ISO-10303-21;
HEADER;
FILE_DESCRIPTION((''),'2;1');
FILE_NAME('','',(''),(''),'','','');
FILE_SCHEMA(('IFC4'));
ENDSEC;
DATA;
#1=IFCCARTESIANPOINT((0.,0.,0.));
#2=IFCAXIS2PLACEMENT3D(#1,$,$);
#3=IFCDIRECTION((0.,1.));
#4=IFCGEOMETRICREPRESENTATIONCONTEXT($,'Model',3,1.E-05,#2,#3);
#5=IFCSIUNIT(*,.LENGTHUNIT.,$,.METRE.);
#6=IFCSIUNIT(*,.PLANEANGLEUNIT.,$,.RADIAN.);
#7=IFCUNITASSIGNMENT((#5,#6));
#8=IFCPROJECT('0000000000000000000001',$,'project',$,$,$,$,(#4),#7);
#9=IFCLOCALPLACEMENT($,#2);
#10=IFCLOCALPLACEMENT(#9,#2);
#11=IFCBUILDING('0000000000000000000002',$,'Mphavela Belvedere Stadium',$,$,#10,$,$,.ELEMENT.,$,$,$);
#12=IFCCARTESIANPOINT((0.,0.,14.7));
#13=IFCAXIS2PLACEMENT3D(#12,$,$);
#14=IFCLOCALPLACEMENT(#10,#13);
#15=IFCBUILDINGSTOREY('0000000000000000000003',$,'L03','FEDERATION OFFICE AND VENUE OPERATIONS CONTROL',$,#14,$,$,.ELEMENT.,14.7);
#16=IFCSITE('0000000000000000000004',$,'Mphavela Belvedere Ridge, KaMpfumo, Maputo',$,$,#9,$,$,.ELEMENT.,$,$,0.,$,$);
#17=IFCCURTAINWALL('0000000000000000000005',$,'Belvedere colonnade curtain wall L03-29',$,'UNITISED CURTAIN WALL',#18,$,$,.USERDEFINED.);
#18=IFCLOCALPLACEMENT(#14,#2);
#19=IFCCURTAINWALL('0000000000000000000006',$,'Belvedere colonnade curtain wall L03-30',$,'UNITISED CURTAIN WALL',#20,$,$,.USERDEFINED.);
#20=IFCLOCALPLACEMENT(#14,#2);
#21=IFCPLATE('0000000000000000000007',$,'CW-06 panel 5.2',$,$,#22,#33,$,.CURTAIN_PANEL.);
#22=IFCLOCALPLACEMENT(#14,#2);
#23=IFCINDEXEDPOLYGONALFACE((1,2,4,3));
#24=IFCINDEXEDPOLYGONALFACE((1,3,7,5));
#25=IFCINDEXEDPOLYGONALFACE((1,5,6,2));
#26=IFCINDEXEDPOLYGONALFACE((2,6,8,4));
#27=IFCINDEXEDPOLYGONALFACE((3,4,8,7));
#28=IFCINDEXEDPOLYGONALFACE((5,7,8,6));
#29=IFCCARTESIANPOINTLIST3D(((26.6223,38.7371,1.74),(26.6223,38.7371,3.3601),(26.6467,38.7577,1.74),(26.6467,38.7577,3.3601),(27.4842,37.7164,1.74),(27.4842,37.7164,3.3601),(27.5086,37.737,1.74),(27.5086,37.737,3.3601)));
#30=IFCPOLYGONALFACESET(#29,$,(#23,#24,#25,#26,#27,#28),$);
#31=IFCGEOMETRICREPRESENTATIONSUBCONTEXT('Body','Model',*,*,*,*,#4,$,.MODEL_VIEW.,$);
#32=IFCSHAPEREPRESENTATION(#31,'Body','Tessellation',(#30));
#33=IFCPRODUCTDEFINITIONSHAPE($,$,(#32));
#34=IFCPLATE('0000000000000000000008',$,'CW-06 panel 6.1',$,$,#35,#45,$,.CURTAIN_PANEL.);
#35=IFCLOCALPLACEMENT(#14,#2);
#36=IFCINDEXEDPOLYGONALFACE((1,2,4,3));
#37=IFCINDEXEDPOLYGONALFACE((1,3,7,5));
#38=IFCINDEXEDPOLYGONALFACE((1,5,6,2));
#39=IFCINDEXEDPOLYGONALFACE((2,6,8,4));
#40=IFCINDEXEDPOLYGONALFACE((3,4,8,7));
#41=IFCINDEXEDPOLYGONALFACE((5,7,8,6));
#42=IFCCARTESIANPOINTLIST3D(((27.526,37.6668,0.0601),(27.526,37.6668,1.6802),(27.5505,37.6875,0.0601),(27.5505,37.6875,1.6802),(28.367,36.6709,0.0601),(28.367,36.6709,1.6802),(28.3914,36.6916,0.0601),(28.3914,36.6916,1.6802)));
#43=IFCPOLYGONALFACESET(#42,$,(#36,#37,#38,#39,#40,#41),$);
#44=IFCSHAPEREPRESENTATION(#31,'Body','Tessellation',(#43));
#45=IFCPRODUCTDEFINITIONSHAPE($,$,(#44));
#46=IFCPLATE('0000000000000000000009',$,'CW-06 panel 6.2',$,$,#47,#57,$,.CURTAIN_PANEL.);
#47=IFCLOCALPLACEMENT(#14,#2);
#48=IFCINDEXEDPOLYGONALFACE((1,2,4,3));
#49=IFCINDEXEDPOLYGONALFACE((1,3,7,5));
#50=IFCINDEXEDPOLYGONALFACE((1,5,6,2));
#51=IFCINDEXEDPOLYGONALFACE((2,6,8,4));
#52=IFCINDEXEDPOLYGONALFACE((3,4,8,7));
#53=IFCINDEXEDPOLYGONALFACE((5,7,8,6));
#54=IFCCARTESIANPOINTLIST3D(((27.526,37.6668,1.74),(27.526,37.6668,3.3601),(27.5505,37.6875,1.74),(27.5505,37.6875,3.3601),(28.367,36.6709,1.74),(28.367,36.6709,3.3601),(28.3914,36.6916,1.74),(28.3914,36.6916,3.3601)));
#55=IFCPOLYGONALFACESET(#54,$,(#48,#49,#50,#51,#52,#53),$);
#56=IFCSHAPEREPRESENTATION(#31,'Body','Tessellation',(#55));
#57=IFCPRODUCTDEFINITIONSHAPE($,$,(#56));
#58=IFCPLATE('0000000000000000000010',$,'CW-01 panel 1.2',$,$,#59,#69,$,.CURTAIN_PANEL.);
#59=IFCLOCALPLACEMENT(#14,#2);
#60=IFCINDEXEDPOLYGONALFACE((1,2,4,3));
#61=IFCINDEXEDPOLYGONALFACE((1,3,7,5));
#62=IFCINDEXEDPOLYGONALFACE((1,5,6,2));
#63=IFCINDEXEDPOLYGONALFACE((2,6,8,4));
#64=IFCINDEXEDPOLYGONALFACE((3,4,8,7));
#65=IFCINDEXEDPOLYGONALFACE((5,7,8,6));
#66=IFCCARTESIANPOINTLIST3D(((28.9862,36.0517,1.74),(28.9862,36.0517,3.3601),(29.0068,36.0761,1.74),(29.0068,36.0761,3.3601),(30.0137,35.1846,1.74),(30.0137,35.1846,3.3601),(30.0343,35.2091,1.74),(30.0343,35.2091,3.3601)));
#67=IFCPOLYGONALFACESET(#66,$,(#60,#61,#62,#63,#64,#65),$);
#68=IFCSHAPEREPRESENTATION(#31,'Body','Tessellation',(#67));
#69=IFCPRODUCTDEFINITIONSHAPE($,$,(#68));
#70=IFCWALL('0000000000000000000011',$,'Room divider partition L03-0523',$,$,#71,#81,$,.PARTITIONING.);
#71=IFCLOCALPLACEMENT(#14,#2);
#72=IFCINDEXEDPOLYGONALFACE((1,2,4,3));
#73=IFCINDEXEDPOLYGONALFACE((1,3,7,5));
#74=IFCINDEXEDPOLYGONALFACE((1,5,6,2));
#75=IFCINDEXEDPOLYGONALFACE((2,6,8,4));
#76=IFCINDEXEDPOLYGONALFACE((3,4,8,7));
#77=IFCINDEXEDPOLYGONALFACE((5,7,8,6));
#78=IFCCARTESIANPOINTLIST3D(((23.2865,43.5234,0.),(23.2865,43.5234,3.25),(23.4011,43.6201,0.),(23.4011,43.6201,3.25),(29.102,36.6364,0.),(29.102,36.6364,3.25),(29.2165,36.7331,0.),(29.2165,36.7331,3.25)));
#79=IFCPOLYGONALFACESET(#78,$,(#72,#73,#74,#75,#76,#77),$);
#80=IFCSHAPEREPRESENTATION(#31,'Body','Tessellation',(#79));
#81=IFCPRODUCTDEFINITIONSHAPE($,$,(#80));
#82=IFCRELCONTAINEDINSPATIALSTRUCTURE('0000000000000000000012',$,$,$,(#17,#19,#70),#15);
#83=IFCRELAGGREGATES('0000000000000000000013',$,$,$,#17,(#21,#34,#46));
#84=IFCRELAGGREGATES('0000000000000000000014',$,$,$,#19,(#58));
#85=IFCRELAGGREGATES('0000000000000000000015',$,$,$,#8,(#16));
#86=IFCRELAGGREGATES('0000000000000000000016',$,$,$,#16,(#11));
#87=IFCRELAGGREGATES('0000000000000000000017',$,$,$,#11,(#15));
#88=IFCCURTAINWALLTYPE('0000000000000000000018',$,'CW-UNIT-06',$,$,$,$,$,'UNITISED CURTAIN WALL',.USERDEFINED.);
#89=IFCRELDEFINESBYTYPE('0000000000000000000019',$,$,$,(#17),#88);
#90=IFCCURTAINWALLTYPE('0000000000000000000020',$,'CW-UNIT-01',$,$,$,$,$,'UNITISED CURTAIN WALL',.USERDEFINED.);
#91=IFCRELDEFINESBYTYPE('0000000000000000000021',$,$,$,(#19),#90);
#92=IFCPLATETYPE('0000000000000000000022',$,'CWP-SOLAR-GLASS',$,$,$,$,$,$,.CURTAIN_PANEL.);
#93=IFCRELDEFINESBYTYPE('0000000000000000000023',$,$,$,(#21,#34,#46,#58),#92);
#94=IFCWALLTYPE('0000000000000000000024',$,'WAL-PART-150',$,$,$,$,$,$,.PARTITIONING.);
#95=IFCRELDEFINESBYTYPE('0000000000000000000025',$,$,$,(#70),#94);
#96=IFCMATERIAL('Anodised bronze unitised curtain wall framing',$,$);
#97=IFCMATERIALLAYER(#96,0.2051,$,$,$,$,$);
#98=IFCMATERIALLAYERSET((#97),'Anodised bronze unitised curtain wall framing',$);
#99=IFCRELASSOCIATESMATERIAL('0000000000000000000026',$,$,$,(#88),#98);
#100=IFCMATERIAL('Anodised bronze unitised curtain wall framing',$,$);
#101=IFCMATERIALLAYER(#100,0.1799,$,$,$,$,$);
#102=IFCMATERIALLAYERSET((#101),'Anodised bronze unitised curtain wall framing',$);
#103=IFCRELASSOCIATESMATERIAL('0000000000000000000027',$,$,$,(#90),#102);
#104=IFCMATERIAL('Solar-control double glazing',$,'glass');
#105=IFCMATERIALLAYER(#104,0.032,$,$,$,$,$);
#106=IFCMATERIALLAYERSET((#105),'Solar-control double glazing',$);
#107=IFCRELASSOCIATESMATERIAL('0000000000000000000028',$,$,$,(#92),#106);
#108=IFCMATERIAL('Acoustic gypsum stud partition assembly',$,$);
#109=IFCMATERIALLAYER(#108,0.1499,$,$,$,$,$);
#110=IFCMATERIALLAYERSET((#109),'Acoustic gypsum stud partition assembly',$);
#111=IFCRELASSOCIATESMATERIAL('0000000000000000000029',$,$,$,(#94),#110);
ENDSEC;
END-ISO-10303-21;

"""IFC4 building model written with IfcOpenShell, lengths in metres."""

from ifc_helpers import new_model, si_unit, direction, frame, frame_2d, origin, origin_2d, place, context, subcontext, project, spatial, rectangle, extrude, material, layer, layer_set, type_object, element, aggregate, save


model = new_model("IFC4")

# Units and contexts
model_context = context("Model", 3, precision=1e-05, world=origin(), true_north=direction((0.0, 1.0)))
body_context = subcontext(model_context, "Body", "Model", "MODEL_VIEW")
ifc_project = project(units=[si_unit("LENGTHUNIT", "METRE"), si_unit("PLANEANGLEUNIT", "RADIAN")], contexts=[model_context])

# Site, building, storey
site_placement = place(None, origin())
site = spatial("IfcSite", under=ifc_project, at=site_placement, Name="Mphavela Belvedere Ridge, KaMpfumo, Maputo", CompositionType="ELEMENT", RefElevation=0.0)
building_placement = place(site_placement, origin())
building = spatial("IfcBuilding", under=site, at=building_placement, Name="Mphavela Belvedere Stadium", CompositionType="ELEMENT")
storey_placement = place(building_placement, frame((0.0, 0.0, 14.7)))
storey = spatial("IfcBuildingStorey", under=building, at=storey_placement, Name="L03", Description="FEDERATION OFFICE AND VENUE OPERATIONS CONTROL", CompositionType="ELEMENT", Elevation=14.7)

# Curtain wall
ifc_material_1 = material(Name="Anodised bronze unitised curtain wall framing")
ifc_layer_1 = layer(ifc_material_1, 0.2051)
ifc_layer_set_1 = layer_set([ifc_layer_1], Name="Anodised bronze unitised curtain wall framing")
curtain_wall_type_1 = type_object("IfcCurtainWallType", Name="CW-UNIT-06", ElementType="UNITISED CURTAIN WALL", PredefinedType="USERDEFINED", material=ifc_layer_set_1)
curtain_wall_1_placement = place(storey_placement, origin())
curtain_wall_1 = element("IfcCurtainWall", 1, at=curtain_wall_1_placement, inside=storey, type_object=curtain_wall_type_1, Name="Belvedere colonnade curtain wall L03-29", ObjectType="UNITISED CURTAIN WALL", PredefinedType="USERDEFINED")

# Curtain wall
ifc_material_2 = material(Name="Anodised bronze unitised curtain wall framing")
ifc_layer_2 = layer(ifc_material_2, 0.1799)
ifc_layer_set_2 = layer_set([ifc_layer_2], Name="Anodised bronze unitised curtain wall framing")
curtain_wall_type_2 = type_object("IfcCurtainWallType", Name="CW-UNIT-01", ElementType="UNITISED CURTAIN WALL", PredefinedType="USERDEFINED", material=ifc_layer_set_2)
curtain_wall_2_placement = place(storey_placement, origin())
curtain_wall_2 = element("IfcCurtainWall", 2, at=curtain_wall_2_placement, inside=storey, type_object=curtain_wall_type_2, Name="Belvedere colonnade curtain wall L03-30", ObjectType="UNITISED CURTAIN WALL", PredefinedType="USERDEFINED")

# Plates
ifc_material_3 = material(Name="Solar-control double glazing", Category="glass")
ifc_layer_3 = layer(ifc_material_3, 0.032)
ifc_layer_set_3 = layer_set([ifc_layer_3], Name="Solar-control double glazing")
plate_type = type_object("IfcPlateType", Name="CWP-SOLAR-GLASS", PredefinedType="CURTAIN_PANEL", material=ifc_layer_set_3)
plate_1_placement = place(storey_placement, frame((27.0654, 38.2371, 1.74), z_axis=(0.0, 0.0, 1.0), x_axis=(0.645179, -0.764031, 0.0)))
plate_1 = element("IfcPlate", 3, at=plate_1_placement, type_object=plate_type, Name="CW-06 panel 5.2", PredefinedType="CURTAIN_PANEL", context=body_context, shape_type="SweptSolid", body=[
    extrude(rectangle(XDim=1.3359, YDim=0.032, at=origin_2d()), origin(), (0.0, 0.0, 1.0), 1.6201),
])
plate_2_placement = place(storey_placement, frame((27.9587, 37.1792, 0.0601), z_axis=(0.0, 0.0, 1.0), x_axis=(0.645179, -0.764031, 0.0)))
plate_2 = element("IfcPlate", 4, at=plate_2_placement, type_object=plate_type, Name="CW-06 panel 6.1", PredefinedType="CURTAIN_PANEL", context=body_context, shape_type="SweptSolid", body=[
    extrude(rectangle(XDim=1.3035, YDim=0.032, at=origin_2d()), origin(), (0.0, 0.0, 1.0), 1.6201),
])
plate_3_placement = place(storey_placement, frame((27.9587, 37.1792, 1.74), z_axis=(0.0, 0.0, 1.0), x_axis=(0.645179, -0.764031, 0.0)))
plate_3 = element("IfcPlate", 5, at=plate_3_placement, type_object=plate_type, Name="CW-06 panel 6.2", PredefinedType="CURTAIN_PANEL", context=body_context, shape_type="SweptSolid", body=[
    extrude(rectangle(XDim=1.3035, YDim=0.032, at=origin_2d()), origin(), (0.0, 0.0, 1.0), 1.6201),
])
aggregate(curtain_wall_1, [plate_1, plate_2, plate_3])
plate_4_placement = place(storey_placement, frame((29.5103, 35.6304, 1.74), z_axis=(0.0, 0.0, 1.0), x_axis=(0.764263, -0.644905, 0.0)))
plate_4 = element("IfcPlate", 6, at=plate_4_placement, type_object=plate_type, Name="CW-01 panel 1.2", PredefinedType="CURTAIN_PANEL", context=body_context, shape_type="SweptSolid", body=[
    extrude(rectangle(XDim=1.3445, YDim=0.032, at=origin_2d()), origin(), (0.0, 0.0, 1.0), 1.6201),
])
aggregate(curtain_wall_2, [plate_4])

# Wall
ifc_material_4 = material(Name="Acoustic gypsum stud partition assembly")
ifc_layer_4 = layer(ifc_material_4, 0.1499)
ifc_layer_set_4 = layer_set([ifc_layer_4], Name="Acoustic gypsum stud partition assembly")
wall_type = type_object("IfcWallType", Name="WAL-PART-150", PredefinedType="PARTITIONING", material=ifc_layer_set_4)
wall_placement = place(storey_placement, frame((29.1592, 36.6848, 0.0), z_axis=(0.0, 0.0, 1.0), x_axis=(-0.645166, 0.764042, 0.0)))
element("IfcWall", 7, at=wall_placement, inside=storey, type_object=wall_type, Name="Room divider partition L03-0523", PredefinedType="PARTITIONING", context=body_context, shape_type="SweptSolid", body=[
    extrude(rectangle(XDim=9.0139, YDim=0.1499, at=frame_2d((4.5068, 0.0))), origin(), (0.0, 0.0, 1.0), 3.25),
])

save(model, "model.ifc")
